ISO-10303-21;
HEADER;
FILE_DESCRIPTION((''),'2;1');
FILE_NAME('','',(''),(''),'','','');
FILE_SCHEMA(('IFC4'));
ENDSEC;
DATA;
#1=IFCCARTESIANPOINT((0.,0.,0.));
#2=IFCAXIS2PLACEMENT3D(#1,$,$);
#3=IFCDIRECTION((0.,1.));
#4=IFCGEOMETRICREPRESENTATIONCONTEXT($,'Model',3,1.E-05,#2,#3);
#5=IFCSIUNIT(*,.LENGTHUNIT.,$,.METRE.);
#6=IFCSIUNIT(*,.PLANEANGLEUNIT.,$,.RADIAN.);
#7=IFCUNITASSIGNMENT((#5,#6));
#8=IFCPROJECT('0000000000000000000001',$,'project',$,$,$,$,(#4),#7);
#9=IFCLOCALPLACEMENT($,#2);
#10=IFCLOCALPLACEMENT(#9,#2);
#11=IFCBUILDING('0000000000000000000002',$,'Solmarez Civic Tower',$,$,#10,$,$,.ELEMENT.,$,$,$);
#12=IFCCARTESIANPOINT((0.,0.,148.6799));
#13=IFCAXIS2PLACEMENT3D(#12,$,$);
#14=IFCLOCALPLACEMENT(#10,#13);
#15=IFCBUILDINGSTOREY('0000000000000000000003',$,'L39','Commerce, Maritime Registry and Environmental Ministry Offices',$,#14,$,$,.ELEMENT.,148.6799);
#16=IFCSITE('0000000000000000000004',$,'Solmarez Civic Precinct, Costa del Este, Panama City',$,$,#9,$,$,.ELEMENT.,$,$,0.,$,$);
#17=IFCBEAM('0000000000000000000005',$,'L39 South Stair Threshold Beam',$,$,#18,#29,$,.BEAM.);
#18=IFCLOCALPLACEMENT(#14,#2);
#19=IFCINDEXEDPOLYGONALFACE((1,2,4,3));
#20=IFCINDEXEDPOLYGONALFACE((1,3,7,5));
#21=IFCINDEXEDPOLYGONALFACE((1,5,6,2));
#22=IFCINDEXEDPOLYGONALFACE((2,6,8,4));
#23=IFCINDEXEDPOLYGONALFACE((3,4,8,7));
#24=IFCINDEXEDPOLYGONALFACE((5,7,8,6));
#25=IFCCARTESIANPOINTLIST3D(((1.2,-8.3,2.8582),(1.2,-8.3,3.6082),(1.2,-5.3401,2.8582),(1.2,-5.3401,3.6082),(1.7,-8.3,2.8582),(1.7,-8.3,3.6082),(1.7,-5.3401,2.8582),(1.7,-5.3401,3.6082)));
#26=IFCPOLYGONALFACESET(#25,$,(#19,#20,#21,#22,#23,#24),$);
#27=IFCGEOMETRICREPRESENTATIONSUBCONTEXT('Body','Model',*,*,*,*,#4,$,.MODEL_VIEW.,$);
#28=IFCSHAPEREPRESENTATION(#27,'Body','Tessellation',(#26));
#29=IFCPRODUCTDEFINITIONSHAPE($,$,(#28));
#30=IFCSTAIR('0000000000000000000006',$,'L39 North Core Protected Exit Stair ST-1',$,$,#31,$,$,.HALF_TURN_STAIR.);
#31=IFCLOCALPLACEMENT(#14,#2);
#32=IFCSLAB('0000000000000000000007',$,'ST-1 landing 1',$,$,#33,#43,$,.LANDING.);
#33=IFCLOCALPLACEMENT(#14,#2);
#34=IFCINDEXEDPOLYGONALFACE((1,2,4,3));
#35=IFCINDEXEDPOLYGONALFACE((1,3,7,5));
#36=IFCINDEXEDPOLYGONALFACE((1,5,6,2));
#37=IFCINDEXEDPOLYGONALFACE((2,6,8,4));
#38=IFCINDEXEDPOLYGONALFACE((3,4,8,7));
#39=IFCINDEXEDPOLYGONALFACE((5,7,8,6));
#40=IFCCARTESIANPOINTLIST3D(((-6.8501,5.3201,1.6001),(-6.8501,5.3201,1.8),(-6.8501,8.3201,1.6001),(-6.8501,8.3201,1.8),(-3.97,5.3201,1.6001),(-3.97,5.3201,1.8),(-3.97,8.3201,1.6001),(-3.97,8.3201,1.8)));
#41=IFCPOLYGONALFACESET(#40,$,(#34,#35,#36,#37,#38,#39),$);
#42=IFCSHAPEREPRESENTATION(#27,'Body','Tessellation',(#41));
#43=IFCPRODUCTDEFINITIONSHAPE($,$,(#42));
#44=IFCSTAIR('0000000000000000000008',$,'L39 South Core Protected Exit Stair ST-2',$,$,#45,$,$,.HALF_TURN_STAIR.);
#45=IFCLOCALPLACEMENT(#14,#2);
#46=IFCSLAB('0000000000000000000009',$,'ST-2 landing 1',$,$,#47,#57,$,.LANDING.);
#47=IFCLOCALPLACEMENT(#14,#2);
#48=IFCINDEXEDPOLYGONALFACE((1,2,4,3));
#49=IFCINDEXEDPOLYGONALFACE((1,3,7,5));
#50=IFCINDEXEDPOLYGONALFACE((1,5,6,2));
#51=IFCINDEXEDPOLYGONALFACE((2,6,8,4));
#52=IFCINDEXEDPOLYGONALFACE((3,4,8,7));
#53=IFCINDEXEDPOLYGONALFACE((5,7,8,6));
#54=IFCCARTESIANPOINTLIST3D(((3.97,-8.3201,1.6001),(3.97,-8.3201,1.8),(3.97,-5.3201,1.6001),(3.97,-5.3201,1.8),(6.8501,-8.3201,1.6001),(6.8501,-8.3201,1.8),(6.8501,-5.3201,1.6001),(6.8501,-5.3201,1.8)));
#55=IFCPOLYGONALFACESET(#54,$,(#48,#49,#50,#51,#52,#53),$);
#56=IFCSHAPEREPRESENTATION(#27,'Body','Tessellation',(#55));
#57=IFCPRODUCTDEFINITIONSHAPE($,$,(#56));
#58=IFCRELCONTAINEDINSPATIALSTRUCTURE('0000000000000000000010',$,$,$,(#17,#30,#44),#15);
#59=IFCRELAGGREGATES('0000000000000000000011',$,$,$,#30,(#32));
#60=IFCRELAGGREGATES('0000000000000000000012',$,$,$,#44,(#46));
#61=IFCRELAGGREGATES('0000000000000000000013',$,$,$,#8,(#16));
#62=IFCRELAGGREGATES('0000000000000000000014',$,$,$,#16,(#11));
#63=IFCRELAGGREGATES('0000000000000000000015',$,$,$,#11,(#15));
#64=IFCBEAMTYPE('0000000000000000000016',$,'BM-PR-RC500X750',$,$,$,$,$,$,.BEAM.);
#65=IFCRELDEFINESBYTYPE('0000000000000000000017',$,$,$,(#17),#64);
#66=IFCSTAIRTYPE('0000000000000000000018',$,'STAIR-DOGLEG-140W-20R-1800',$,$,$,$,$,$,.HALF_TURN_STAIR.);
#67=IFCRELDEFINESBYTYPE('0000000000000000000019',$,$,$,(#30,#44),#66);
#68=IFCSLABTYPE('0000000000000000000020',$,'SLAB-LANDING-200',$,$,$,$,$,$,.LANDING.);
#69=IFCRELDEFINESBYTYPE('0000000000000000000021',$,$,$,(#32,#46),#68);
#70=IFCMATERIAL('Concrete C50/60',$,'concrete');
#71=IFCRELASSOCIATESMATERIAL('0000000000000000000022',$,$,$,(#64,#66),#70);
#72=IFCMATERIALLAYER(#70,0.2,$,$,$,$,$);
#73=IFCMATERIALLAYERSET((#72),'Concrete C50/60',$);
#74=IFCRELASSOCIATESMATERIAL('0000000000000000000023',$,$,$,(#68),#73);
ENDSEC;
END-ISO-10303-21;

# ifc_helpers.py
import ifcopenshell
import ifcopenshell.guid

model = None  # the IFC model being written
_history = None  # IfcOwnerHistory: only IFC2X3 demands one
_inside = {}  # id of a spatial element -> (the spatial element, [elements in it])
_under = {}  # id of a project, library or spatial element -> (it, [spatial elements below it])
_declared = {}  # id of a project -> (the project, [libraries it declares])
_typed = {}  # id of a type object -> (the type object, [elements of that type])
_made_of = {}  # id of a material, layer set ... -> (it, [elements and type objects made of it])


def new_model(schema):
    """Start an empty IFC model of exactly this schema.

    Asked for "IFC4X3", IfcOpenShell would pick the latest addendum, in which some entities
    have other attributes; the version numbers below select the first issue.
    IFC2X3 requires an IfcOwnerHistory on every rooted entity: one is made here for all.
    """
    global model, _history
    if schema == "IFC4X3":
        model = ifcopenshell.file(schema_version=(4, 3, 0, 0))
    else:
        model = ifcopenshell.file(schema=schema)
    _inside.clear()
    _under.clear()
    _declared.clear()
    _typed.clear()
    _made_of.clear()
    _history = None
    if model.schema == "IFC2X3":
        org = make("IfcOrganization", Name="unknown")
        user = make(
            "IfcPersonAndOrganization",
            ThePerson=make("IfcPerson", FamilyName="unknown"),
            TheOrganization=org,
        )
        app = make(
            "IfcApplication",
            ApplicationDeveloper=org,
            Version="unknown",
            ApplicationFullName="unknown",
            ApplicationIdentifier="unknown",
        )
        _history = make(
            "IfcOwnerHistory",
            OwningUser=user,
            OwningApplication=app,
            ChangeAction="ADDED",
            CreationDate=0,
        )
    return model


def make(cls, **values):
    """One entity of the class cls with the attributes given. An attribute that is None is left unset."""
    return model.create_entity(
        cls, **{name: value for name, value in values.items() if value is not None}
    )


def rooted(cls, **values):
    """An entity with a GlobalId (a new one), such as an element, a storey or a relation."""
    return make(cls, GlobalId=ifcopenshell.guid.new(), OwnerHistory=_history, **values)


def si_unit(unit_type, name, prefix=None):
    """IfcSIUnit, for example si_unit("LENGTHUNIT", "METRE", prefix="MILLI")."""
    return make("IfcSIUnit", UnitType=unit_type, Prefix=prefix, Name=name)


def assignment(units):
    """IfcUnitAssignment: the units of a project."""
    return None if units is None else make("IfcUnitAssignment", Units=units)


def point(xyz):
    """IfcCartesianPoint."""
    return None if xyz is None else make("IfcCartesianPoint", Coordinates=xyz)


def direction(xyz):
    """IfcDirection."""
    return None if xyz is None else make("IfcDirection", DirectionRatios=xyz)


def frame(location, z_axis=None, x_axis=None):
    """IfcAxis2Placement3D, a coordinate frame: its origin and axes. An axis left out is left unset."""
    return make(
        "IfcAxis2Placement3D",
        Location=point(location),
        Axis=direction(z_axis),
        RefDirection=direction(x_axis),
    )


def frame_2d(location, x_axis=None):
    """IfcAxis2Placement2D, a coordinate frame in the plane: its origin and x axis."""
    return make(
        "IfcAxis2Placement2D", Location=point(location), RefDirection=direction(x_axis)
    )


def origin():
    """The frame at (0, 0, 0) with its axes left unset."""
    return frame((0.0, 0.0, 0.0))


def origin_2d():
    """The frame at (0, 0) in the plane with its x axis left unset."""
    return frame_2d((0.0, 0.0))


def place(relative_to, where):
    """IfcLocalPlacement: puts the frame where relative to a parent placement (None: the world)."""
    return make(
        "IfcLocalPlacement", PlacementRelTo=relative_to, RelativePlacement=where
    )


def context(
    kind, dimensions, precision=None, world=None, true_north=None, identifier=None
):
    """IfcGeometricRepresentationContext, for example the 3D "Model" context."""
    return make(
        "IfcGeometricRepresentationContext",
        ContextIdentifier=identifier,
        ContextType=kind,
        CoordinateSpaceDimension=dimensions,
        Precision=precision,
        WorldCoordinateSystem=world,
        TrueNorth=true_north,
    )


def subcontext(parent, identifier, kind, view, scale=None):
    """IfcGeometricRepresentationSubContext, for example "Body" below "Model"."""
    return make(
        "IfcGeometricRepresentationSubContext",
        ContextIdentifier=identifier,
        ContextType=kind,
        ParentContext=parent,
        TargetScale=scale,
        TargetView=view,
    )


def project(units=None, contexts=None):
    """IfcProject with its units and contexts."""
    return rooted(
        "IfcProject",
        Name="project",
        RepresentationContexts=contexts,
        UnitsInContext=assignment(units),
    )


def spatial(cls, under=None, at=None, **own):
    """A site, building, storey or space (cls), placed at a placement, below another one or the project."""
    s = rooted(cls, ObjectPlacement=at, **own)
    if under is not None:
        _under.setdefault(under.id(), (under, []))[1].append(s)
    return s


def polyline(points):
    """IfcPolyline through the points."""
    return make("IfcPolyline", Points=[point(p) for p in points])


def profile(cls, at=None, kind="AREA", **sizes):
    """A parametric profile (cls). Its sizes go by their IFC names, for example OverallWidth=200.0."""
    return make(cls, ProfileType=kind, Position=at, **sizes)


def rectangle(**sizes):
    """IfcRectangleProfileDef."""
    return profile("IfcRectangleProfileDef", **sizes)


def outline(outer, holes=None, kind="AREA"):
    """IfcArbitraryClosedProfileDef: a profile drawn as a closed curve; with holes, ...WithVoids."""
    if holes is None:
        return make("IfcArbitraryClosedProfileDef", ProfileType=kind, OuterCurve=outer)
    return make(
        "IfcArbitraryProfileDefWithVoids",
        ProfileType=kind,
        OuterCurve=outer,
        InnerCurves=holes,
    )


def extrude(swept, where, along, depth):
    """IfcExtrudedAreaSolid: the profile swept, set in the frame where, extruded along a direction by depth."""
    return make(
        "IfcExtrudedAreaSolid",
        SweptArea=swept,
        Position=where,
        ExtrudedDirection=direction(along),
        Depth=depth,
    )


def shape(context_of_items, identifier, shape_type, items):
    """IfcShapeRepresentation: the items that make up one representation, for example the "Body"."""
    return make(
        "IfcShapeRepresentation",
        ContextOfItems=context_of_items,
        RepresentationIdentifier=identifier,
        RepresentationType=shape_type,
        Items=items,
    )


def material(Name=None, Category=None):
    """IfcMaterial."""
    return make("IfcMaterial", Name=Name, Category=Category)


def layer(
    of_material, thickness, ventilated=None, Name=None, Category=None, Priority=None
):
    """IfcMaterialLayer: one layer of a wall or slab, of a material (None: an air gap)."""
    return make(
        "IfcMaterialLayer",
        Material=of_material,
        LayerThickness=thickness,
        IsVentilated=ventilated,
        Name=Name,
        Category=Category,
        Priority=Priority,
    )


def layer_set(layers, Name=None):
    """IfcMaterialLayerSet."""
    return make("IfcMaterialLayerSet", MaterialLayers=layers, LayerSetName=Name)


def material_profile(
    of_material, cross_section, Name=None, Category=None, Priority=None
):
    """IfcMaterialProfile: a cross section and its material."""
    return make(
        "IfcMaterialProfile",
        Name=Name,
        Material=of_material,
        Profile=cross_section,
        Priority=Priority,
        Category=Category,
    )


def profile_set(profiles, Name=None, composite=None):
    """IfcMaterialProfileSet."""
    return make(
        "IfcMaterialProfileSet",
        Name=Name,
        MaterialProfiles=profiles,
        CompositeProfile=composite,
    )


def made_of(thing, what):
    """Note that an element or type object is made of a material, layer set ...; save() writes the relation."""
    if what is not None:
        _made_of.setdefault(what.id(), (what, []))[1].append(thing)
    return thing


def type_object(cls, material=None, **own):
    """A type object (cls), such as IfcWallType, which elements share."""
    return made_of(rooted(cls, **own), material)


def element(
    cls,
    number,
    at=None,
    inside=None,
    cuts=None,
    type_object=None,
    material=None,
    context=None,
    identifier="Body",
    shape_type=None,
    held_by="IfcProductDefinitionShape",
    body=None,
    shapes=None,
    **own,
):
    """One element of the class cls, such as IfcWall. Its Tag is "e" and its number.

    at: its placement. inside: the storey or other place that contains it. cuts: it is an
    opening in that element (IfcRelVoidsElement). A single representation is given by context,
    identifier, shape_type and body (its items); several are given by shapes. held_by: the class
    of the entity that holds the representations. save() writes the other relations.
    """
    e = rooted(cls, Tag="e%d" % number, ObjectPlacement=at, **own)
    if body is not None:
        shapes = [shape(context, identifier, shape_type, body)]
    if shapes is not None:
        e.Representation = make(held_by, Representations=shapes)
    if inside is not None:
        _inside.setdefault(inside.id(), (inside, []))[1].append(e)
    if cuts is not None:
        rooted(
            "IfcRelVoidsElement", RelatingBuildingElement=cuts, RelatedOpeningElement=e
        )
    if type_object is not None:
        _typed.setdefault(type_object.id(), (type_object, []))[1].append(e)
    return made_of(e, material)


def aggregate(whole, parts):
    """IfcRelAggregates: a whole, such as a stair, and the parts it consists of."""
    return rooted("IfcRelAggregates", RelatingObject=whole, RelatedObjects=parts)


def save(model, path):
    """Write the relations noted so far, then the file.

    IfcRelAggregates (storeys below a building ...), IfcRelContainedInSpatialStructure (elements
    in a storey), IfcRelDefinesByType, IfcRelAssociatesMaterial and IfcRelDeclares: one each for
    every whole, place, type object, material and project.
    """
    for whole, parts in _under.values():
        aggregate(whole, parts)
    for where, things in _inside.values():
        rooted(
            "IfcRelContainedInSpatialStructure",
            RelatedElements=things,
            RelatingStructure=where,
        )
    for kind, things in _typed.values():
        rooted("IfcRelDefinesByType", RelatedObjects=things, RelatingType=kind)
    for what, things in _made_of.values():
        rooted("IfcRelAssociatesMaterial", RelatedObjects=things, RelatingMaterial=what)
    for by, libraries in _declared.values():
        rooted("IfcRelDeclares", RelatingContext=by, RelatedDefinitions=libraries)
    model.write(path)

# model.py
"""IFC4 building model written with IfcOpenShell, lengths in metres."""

from ifc_helpers import new_model, si_unit, direction, frame, origin, origin_2d, place, context, subcontext, project, spatial, polyline, rectangle, outline, extrude, material, layer, layer_set, material_profile, profile_set, type_object, element, aggregate, save


model = new_model("IFC4")

# Units and contexts
model_context = context("Model", 3, precision=1e-05, world=origin(), true_north=direction((0.0, 1.0)))
body_context = subcontext(model_context, "Body", "Model", "MODEL_VIEW")
ifc_project = project(units=[si_unit("LENGTHUNIT", "METRE"), si_unit("PLANEANGLEUNIT", "RADIAN")], contexts=[model_context])

# Site, building, storey
site_placement = place(None, origin())
site = spatial("IfcSite", under=ifc_project, at=site_placement, Name="Solmarez Civic Precinct, Costa del Este, Panama City", CompositionType="ELEMENT", RefElevation=0.0)
building_placement = place(site_placement, origin())
building = spatial("IfcBuilding", under=site, at=building_placement, Name="Solmarez Civic Tower", CompositionType="ELEMENT")
storey_placement = place(building_placement, frame((0.0, 0.0, 148.6799)))
storey = spatial("IfcBuildingStorey", under=building, at=storey_placement, Name="L39", Description="Commerce, Maritime Registry and Environmental Ministry Offices", CompositionType="ELEMENT", Elevation=148.6799)

# Beam
ifc_material_1 = material(Name="Concrete C50/60", Category="concrete")
ifc_material_profile = material_profile(ifc_material_1, rectangle(XDim=0.5, YDim=0.75, at=origin_2d()), Name="RC500X750")
ifc_profile_set = profile_set([ifc_material_profile], Name="Concrete C50/60")
beam_type = type_object("IfcBeamType", Name="BM-PR-RC500X750", PredefinedType="BEAM", material=ifc_profile_set)
beam_placement = place(storey_placement, frame((1.45, -8.3, 3.2332), z_axis=(0.0, 1.0, 0.0), x_axis=(-1.0, 0.0, 0.0)))
element("IfcBeam", 1, at=beam_placement, inside=storey, type_object=beam_type, Name="L39 South Stair Threshold Beam", PredefinedType="BEAM", context=body_context, shape_type="SweptSolid", body=[
    extrude(rectangle(XDim=0.5, YDim=0.75, at=origin_2d()), origin(), (0.0, 0.0, 1.0), 2.96),
])

# Stairs, slabs
stair_type = type_object("IfcStairType", Name="STAIR-DOGLEG-140W-20R-1800", PredefinedType="HALF_TURN_STAIR", material=ifc_material_1)
stair_1_placement = place(storey_placement, origin())
stair_1 = element("IfcStair", 2, at=stair_1_placement, inside=storey, type_object=stair_type, Name="L39 North Core Protected Exit Stair ST-1", PredefinedType="HALF_TURN_STAIR")
ifc_layer_1 = layer(ifc_material_1, 0.2)
ifc_layer_set_1 = layer_set([ifc_layer_1], Name="Concrete C50/60")
slab_type_1 = type_object("IfcSlabType", Name="SLAB-LANDING-200", PredefinedType="LANDING", material=ifc_layer_set_1)
slab_1_placement = place(storey_placement, frame((0.0, 0.0, 1.6001)))
slab_1 = element("IfcSlab", 3, at=slab_1_placement, type_object=slab_type_1, Name="ST-1 landing 1", PredefinedType="LANDING", context=body_context, shape_type="SweptSolid", body=[
    extrude(outline(polyline([(-3.97, 8.3201), (-6.8501, 8.3201), (-6.8501, 5.3201), (-3.97, 5.3201), (-3.97, 8.3201)])), origin(), (0.0, 0.0, 1.0), 0.2),
])
aggregate(stair_1, [slab_1])
stair_2_placement = place(storey_placement, origin())
stair_2 = element("IfcStair", 4, at=stair_2_placement, inside=storey, type_object=stair_type, Name="L39 South Core Protected Exit Stair ST-2", PredefinedType="HALF_TURN_STAIR")
slab_2_placement = place(storey_placement, frame((0.0, 0.0, 1.6001)))
slab_2 = element("IfcSlab", 5, at=slab_2_placement, type_object=slab_type_1, Name="ST-2 landing 1", PredefinedType="LANDING", context=body_context, shape_type="SweptSolid", body=[
    extrude(outline(polyline([(3.97, -8.3201), (6.8501, -8.3201), (6.8501, -5.3201), (3.97, -5.3201), (3.97, -8.3201)])), origin(), (0.0, 0.0, 1.0), 0.2),
])

aggregate(stair_2, [slab_2])

save(model, "model.ifc")
